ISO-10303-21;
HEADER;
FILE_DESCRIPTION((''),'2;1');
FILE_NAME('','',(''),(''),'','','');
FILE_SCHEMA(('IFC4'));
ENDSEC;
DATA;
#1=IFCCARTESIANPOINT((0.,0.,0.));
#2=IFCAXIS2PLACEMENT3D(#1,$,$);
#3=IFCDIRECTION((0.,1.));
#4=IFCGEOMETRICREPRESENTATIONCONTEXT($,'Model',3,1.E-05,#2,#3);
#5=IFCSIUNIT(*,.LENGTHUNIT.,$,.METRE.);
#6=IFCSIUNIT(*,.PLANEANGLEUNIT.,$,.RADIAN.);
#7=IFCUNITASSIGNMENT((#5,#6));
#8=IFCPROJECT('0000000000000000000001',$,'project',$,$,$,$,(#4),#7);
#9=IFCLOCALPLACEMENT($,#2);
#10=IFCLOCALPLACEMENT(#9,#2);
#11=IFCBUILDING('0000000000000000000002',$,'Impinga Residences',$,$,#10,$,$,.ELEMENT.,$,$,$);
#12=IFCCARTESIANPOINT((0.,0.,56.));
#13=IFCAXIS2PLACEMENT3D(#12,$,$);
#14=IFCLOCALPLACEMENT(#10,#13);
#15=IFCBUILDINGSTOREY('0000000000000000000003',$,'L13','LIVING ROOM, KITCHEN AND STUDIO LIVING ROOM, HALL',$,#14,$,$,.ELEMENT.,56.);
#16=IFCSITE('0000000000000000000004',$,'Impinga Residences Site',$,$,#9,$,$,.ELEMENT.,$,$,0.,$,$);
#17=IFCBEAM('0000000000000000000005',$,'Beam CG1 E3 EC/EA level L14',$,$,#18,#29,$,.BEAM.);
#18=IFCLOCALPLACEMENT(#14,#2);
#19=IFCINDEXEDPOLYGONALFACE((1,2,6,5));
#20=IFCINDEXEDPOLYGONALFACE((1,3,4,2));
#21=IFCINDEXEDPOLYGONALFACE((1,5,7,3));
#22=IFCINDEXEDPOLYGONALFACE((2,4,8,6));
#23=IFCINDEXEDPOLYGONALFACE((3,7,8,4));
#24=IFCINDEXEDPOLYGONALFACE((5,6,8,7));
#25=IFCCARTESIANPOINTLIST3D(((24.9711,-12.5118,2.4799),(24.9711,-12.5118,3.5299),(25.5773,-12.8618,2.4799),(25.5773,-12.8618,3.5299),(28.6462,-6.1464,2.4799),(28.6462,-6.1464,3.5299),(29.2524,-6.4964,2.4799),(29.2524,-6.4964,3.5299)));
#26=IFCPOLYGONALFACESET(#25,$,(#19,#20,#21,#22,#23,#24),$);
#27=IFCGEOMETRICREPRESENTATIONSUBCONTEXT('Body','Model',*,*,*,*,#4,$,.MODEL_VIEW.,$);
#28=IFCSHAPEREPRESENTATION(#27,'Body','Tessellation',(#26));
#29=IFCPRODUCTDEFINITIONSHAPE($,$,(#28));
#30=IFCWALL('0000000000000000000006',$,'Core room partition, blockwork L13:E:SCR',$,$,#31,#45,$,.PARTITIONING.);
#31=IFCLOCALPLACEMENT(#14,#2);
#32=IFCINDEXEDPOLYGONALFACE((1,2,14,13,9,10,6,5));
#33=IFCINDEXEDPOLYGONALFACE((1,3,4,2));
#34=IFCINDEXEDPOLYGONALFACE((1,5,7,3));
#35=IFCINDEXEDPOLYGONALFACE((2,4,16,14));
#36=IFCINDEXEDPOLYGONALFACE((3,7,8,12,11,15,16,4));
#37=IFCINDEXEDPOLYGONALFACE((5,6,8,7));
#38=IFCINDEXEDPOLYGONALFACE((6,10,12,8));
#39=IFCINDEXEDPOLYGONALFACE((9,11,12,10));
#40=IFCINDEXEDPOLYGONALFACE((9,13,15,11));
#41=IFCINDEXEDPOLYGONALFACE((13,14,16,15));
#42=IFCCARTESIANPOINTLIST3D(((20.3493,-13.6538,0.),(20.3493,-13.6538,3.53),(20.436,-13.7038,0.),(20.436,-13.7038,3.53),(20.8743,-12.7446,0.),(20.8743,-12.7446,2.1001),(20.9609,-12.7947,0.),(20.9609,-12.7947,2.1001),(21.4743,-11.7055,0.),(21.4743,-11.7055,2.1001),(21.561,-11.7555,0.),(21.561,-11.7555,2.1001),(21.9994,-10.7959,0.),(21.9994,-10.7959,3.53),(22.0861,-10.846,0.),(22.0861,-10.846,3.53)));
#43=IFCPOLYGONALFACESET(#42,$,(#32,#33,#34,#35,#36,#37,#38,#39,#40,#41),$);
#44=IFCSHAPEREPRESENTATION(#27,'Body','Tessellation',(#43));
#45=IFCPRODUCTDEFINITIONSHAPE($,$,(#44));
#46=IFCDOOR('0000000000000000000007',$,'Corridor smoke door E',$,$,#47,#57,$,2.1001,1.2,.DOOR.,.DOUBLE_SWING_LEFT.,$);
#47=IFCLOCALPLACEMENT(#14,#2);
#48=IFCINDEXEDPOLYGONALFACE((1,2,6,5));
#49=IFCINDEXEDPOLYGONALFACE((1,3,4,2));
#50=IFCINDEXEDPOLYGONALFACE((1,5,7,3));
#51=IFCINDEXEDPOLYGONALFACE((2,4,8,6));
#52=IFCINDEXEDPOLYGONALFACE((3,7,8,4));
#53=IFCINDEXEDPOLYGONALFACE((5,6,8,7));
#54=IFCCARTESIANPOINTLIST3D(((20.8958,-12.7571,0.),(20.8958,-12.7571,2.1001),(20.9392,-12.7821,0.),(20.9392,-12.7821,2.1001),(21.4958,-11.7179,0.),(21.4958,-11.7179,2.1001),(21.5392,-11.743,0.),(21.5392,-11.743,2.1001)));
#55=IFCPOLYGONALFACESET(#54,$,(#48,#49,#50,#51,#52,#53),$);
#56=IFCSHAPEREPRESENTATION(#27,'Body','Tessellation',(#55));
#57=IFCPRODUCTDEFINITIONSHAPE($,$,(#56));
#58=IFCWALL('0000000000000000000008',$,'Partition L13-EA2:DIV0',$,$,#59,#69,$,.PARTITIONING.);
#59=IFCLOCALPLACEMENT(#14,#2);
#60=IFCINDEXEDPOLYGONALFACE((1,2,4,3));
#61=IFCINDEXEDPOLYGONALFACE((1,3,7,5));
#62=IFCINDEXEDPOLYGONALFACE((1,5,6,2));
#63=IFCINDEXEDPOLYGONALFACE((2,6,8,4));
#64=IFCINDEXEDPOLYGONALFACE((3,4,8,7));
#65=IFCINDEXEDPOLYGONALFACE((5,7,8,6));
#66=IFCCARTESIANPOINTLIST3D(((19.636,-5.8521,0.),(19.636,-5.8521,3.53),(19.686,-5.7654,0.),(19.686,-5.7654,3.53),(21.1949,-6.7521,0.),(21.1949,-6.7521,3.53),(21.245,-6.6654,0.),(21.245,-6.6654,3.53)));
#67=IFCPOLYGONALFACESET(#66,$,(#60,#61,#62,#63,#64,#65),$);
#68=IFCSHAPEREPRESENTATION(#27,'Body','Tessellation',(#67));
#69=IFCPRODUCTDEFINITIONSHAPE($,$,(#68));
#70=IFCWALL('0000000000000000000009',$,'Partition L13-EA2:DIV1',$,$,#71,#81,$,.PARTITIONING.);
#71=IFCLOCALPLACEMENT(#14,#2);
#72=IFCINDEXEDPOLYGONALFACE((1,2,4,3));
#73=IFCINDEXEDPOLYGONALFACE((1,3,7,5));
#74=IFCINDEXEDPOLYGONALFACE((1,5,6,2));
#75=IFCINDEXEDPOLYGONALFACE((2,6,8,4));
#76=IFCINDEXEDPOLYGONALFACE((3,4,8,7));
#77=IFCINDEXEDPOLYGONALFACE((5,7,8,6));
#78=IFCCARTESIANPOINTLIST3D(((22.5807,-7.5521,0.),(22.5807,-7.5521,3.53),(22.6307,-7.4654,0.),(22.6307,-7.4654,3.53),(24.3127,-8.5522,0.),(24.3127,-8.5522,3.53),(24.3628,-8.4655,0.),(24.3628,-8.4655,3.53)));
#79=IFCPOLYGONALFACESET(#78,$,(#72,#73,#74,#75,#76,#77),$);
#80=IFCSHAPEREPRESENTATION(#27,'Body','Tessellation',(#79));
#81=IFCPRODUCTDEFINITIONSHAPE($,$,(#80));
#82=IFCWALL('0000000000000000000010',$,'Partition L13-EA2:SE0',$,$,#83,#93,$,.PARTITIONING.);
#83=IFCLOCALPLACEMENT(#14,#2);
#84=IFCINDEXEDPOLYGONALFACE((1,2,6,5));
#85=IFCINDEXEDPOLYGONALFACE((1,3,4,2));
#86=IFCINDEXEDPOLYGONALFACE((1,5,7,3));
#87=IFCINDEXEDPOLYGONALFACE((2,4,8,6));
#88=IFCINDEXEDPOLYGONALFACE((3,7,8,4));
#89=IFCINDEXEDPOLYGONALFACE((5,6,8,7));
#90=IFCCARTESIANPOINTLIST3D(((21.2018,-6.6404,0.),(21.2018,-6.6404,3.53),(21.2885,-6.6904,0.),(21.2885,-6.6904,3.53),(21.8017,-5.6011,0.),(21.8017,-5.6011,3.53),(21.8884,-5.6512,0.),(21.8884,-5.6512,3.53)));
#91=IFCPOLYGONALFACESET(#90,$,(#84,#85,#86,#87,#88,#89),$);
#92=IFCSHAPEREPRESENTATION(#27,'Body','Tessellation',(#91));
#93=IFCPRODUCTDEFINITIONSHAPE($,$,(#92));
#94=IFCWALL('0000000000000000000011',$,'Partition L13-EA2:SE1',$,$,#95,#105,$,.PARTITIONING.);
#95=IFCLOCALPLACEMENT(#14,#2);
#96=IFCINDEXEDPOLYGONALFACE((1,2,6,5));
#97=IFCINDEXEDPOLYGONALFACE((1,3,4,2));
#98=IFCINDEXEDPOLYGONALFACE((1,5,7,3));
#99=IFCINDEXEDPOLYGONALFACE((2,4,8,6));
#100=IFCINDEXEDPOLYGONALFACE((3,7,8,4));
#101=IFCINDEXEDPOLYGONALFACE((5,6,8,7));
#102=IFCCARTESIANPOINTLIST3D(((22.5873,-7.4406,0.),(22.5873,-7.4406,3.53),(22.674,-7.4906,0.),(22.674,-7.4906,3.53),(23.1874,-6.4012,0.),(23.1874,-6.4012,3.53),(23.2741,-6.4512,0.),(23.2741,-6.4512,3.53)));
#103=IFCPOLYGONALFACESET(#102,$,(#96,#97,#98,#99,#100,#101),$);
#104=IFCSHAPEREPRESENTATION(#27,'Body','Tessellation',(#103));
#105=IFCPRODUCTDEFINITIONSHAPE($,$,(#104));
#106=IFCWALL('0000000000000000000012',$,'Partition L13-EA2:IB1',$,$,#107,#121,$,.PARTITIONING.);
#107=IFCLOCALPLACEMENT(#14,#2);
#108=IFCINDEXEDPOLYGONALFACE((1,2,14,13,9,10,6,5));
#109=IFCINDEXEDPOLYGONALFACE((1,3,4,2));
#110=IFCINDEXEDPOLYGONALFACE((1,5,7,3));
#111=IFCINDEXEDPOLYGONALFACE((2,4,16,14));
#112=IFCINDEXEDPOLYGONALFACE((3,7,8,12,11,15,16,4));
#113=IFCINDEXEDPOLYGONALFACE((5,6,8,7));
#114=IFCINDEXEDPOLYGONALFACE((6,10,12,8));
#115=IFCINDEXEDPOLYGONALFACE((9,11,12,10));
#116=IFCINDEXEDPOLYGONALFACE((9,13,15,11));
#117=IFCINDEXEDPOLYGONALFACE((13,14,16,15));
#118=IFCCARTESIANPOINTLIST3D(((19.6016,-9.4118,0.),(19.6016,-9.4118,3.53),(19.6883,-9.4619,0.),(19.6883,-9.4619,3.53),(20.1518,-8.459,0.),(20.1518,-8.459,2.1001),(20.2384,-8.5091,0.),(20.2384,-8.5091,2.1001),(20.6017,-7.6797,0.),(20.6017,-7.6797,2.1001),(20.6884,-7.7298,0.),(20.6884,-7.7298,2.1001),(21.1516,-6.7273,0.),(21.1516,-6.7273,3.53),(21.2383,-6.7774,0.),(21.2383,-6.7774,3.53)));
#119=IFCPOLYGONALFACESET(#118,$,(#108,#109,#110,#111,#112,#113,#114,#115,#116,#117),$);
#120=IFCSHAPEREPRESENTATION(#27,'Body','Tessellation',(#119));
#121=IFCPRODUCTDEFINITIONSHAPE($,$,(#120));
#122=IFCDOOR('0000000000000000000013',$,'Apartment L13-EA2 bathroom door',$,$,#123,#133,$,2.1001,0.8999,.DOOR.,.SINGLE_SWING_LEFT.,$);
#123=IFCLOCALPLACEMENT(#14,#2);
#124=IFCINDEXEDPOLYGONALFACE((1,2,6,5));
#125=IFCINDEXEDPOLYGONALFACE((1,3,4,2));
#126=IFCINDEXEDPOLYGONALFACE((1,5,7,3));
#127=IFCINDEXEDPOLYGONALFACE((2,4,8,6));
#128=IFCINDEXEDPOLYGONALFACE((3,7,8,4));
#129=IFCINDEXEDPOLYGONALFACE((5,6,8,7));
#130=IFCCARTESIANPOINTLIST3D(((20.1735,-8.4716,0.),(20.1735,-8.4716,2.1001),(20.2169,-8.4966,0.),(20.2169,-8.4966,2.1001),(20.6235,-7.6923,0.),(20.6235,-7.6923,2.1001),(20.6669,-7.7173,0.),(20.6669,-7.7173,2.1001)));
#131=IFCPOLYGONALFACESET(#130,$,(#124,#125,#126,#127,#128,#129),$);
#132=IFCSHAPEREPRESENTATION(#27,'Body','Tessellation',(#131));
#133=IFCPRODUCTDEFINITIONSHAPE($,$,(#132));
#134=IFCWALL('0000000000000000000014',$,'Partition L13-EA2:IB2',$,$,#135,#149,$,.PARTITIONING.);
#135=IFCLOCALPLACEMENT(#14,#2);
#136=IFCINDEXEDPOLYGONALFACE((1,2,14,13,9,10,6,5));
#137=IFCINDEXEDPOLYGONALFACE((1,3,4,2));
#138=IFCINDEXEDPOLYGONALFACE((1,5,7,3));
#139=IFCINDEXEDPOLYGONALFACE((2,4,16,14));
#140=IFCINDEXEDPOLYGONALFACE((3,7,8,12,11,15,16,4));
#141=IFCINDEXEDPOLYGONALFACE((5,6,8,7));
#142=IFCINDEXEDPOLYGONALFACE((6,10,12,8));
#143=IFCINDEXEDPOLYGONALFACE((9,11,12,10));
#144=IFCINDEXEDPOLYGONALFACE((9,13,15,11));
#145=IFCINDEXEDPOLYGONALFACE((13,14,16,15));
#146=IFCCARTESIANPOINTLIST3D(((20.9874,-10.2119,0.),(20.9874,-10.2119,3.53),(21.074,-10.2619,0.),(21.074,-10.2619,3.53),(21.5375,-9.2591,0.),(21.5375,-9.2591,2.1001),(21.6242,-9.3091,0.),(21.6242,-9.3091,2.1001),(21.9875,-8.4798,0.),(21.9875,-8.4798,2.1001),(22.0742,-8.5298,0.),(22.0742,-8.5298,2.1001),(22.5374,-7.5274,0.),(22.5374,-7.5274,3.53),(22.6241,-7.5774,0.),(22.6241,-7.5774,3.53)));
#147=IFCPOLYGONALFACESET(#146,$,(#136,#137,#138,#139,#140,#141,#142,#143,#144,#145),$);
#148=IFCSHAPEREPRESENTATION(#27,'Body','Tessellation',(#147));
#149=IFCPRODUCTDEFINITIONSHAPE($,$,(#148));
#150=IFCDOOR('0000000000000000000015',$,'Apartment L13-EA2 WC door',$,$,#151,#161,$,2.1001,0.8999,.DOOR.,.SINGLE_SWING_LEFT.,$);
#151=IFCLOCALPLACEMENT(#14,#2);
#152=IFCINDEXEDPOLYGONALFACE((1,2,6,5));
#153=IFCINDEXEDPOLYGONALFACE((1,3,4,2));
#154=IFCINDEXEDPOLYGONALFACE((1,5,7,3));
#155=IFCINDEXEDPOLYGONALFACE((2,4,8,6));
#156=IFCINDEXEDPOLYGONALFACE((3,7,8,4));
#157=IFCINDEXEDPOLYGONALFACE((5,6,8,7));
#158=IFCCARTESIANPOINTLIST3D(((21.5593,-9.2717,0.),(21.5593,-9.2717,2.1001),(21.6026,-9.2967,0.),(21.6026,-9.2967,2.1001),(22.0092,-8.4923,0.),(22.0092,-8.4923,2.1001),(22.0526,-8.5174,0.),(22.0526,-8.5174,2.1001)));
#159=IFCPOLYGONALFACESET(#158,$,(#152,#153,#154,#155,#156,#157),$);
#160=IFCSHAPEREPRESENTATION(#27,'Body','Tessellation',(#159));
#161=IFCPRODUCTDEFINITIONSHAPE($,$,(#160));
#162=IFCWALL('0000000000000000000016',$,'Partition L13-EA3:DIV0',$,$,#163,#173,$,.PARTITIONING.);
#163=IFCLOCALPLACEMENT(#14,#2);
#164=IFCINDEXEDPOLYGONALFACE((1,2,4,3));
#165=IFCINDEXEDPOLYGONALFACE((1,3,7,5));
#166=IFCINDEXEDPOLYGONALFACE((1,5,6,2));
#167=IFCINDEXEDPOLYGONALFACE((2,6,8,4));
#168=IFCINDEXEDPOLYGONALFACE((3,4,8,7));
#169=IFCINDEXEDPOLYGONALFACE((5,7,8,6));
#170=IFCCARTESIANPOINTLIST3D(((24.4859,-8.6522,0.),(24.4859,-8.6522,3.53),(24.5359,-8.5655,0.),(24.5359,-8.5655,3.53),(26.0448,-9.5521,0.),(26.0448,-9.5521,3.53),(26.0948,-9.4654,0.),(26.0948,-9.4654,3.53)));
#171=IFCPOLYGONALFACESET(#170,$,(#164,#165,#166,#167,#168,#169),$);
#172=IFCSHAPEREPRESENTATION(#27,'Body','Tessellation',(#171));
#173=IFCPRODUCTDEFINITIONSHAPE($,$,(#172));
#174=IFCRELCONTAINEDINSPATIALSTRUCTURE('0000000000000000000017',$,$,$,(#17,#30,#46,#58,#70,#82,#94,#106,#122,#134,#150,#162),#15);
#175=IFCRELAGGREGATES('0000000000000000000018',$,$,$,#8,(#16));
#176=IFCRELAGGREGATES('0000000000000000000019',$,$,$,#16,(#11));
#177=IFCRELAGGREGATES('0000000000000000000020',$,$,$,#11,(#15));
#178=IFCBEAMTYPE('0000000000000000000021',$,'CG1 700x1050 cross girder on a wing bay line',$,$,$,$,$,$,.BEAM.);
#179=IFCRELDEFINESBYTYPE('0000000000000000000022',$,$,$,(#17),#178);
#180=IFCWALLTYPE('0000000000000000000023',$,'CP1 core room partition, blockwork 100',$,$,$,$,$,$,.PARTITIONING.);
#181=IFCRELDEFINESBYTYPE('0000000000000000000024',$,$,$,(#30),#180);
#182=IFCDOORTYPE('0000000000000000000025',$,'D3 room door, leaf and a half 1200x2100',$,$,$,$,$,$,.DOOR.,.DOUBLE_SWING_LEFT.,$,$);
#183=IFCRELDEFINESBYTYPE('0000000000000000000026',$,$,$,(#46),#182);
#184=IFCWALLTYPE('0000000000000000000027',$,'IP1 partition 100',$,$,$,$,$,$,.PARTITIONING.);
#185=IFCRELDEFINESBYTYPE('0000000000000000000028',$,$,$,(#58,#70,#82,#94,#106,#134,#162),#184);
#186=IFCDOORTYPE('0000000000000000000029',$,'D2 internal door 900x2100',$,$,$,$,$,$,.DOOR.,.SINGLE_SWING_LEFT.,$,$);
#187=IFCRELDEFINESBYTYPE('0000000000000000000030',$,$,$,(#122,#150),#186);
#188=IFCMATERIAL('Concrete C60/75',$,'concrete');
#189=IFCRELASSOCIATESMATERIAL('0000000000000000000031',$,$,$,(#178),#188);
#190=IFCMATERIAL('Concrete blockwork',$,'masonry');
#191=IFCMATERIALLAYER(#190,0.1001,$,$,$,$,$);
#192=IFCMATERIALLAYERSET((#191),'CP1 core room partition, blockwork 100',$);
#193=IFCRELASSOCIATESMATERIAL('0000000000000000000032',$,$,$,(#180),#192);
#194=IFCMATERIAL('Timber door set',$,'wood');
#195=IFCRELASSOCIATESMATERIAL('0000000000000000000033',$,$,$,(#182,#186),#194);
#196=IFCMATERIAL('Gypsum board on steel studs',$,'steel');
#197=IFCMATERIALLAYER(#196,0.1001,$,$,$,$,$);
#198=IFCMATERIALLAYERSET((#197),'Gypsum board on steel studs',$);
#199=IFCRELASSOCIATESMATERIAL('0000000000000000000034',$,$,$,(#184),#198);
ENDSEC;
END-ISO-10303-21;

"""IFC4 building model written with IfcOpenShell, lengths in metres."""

from ifc_helpers import new_model, si_unit, direction, frame, frame_2d, origin, origin_2d, place, context, subcontext, project, spatial, rectangle, extrude, material, layer, layer_set, material_profile, profile_set, type_object, element, fill, save


model = new_model("IFC4")

# Units and contexts
model_context = context("Model", 3, precision=1e-05, world=origin(), true_north=direction((0.0, 1.0)))
body_context = subcontext(model_context, "Body", "Model", "MODEL_VIEW")
ifc_project = project(units=[si_unit("LENGTHUNIT", "METRE"), si_unit("PLANEANGLEUNIT", "RADIAN")], contexts=[model_context])

# Site, building, storey
site_placement = place(None, origin())
site = spatial("IfcSite", under=ifc_project, at=site_placement, Name="Impinga Residences Site", CompositionType="ELEMENT", RefElevation=0.0)
building_placement = place(site_placement, origin())
building = spatial("IfcBuilding", under=site, at=building_placement, Name="Impinga Residences", CompositionType="ELEMENT")
storey_placement = place(building_placement, frame((0.0, 0.0, 56.0)))
storey = spatial("IfcBuildingStorey", under=building, at=storey_placement, Name="L13", Description="LIVING ROOM, KITCHEN AND STUDIO LIVING ROOM, HALL", CompositionType="ELEMENT", Elevation=56.0)

# Beam
ifc_material_1 = material(Name="Concrete C60/75", Category="concrete")
ifc_material_profile = material_profile(ifc_material_1, rectangle(XDim=0.7, YDim=1.05, at=origin_2d()), Name="RC 700x1050")
ifc_profile_set = profile_set([ifc_material_profile], Name="Concrete C60/75")
beam_type = type_object("IfcBeamType", Name="CG1 700x1050 cross girder on a wing bay line", PredefinedType="BEAM", material=ifc_profile_set)
beam_placement = place(storey_placement, frame((25.2742, -12.6868, 3.0049), z_axis=(0.500008, 0.866021, 0.0), x_axis=(-0.866021, 0.500008, 0.0)))
element("IfcBeam", 1, at=beam_placement, inside=storey, type_object=beam_type, Name="Beam CG1 E3 EC/EA level L14", PredefinedType="BEAM", context=body_context, shape_type="SweptSolid", body=[
    extrude(rectangle(XDim=0.7, YDim=1.05, at=origin_2d()), origin(), (0.0, 0.0, 1.0), 7.3501),
])

# Wall, opening, door
ifc_material_2 = material(Name="Concrete blockwork", Category="masonry")
ifc_layer_1 = layer(ifc_material_2, 0.1001)
ifc_layer_set_1 = layer_set([ifc_layer_1], Name="CP1 core room partition, blockwork 100")
wall_type_1 = type_object("IfcWallType", Name="CP1 core room partition, blockwork 100", PredefinedType="PARTITIONING", material=ifc_layer_set_1)
wall_1_placement = place(storey_placement, frame((22.0427, -10.821, 0.0), z_axis=(0.0, 0.0, 1.0), x_axis=(-0.50003, -0.866008, 0.0)))
wall_1 = element("IfcWall", 2, at=wall_1_placement, inside=storey, type_object=wall_type_1, Name="Core room partition, blockwork L13:E:SCR", PredefinedType="PARTITIONING", context=body_context, shape_type="SweptSolid", body=[
    extrude(rectangle(XDim=3.3, YDim=0.1001, at=frame_2d((1.6499, 0.0))), origin(), (0.0, 0.0, 1.0), 3.53),
])
opening_1_placement = place(wall_1_placement, frame((1.05, 0.0, 0.0)))
opening_1 = element("IfcOpeningElement", 3, at=opening_1_placement, cuts=wall_1, PredefinedType="OPENING", context=body_context, shape_type="SweptSolid", body=[
    extrude(rectangle(XDim=1.2, YDim=2.1001, at=frame_2d((0.6001, 1.05))), frame((0.0, 0.0601, 0.0), z_axis=(0.0, -1.0, 0.0), x_axis=(1.0, 0.0, 0.0)), (0.0, 0.0, 1.0), 0.1201),
])
ifc_material_3 = material(Name="Timber door set", Category="wood")
door_type_1 = type_object("IfcDoorType", Name="D3 room door, leaf and a half 1200x2100", OperationType="DOUBLE_SWING_LEFT", PredefinedType="DOOR", material=ifc_material_3)
door_1_placement = place(opening_1_placement, origin())
door_1 = element("IfcDoor", 4, at=door_1_placement, inside=storey, type_object=door_type_1, Name="Corridor smoke door E", OperationType="DOUBLE_SWING_LEFT", OverallHeight=2.1001, OverallWidth=1.2, PredefinedType="DOOR", context=body_context, shape_type="SweptSolid", body=[
    extrude(rectangle(XDim=1.2, YDim=2.1001, at=frame_2d((0.6001, 1.05))), frame((0.0, 0.0249, 0.0), z_axis=(0.0, -1.0, 0.0), x_axis=(1.0, 0.0, 0.0)), (0.0, 0.0, 1.0), 0.05),
])
fill(opening_1, door_1)

# Walls
ifc_material_4 = material(Name="Gypsum board on steel studs", Category="steel")
ifc_layer_2 = layer(ifc_material_4, 0.1001)
ifc_layer_set_2 = layer_set([ifc_layer_2], Name="Gypsum board on steel studs")
wall_type_2 = type_object("IfcWallType", Name="IP1 partition 100", PredefinedType="PARTITIONING", material=ifc_layer_set_2)
wall_2_placement = place(storey_placement, frame((19.6611, -5.8088, 0.0), z_axis=(0.0, 0.0, 1.0), x_axis=(0.866048, -0.499961, 0.0)))
element("IfcWall", 5, at=wall_2_placement, inside=storey, type_object=wall_type_2, Name="Partition L13-EA2:DIV0", PredefinedType="PARTITIONING", context=body_context, shape_type="SweptSolid", body=[
    extrude(rectangle(XDim=1.8, YDim=0.1001, at=frame_2d((0.8999, 0.0))), origin(), (0.0, 0.0, 1.0), 3.53),
])
wall_3_placement = place(storey_placement, frame((22.6057, -7.5088, 0.0), z_axis=(0.0, 0.0, 1.0), x_axis=(0.866011, -0.500025, 0.0)))
element("IfcWall", 6, at=wall_3_placement, inside=storey, type_object=wall_type_2, Name="Partition L13-EA2:DIV1", PredefinedType="PARTITIONING", context=body_context, shape_type="SweptSolid", body=[
    extrude(rectangle(XDim=2.0, YDim=0.1001, at=frame_2d((1.0, 0.0))), origin(), (0.0, 0.0, 1.0), 3.53),
])
wall_4_placement = place(storey_placement, frame((21.2451, -6.6655, 0.0), z_axis=(0.0, 0.0, 1.0), x_axis=(0.499881, 0.866094, 0.0)))
element("IfcWall", 7, at=wall_4_placement, inside=storey, type_object=wall_type_2, Name="Partition L13-EA2:SE0", PredefinedType="PARTITIONING", context=body_context, shape_type="SweptSolid", body=[
    extrude(rectangle(XDim=1.2, YDim=0.1001, at=frame_2d((0.6001, 0.0))), origin(), (0.0, 0.0, 1.0), 3.53),
])
wall_5_placement = place(storey_placement, frame((22.6306, -7.4656, 0.0), z_axis=(0.0, 0.0, 1.0), x_axis=(0.500034, 0.866006, 0.0)))
element("IfcWall", 8, at=wall_5_placement, inside=storey, type_object=wall_type_2, Name="Partition L13-EA2:SE1", PredefinedType="PARTITIONING", context=body_context, shape_type="SweptSolid", body=[
    extrude(rectangle(XDim=1.2002, YDim=0.1001, at=frame_2d((0.6001, 0.0))), origin(), (0.0, 0.0, 1.0), 3.53),
])

# Walls, openings, doors
wall_6_placement = place(storey_placement, frame((19.645, -9.4368, 0.0), z_axis=(0.0, 0.0, 1.0), x_axis=(0.500027, 0.86601, 0.0)))
wall_6 = element("IfcWall", 9, at=wall_6_placement, inside=storey, type_object=wall_type_2, Name="Partition L13-EA2:IB1", PredefinedType="PARTITIONING", context=body_context, shape_type="SweptSolid", body=[
    extrude(rectangle(XDim=3.0999, YDim=0.1001, at=frame_2d((1.5498, 0.0))), origin(), (0.0, 0.0, 1.0), 3.53),
])
opening_2_placement = place(wall_6_placement, frame((1.1001, 0.0, 0.0)))
opening_2 = element("IfcOpeningElement", 10, at=opening_2_placement, cuts=wall_6, PredefinedType="OPENING", context=body_context, shape_type="SweptSolid", body=[
    extrude(rectangle(XDim=0.8999, YDim=2.1001, at=frame_2d((0.45, 1.05))), frame((0.0, 0.0601, 0.0), z_axis=(0.0, -1.0, 0.0), x_axis=(1.0, 0.0, 0.0)), (0.0, 0.0, 1.0), 0.1201),
])
door_type_2 = type_object("IfcDoorType", Name="D2 internal door 900x2100", OperationType="SINGLE_SWING_LEFT", PredefinedType="DOOR", material=ifc_material_3)
door_2_placement = place(opening_2_placement, origin())
door_2 = element("IfcDoor", 11, at=door_2_placement, inside=storey, type_object=door_type_2, Name="Apartment L13-EA2 bathroom door", OperationType="SINGLE_SWING_LEFT", OverallHeight=2.1001, OverallWidth=0.8999, PredefinedType="DOOR", context=body_context, shape_type="SweptSolid", body=[
    extrude(rectangle(XDim=0.8999, YDim=2.1001, at=frame_2d((0.45, 1.05))), frame((0.0, 0.0249, 0.0), z_axis=(0.0, -1.0, 0.0), x_axis=(1.0, 0.0, 0.0)), (0.0, 0.0, 1.0), 0.05),
])
fill(opening_2, door_2)
wall_7_placement = place(storey_placement, frame((21.0308, -10.2368, 0.0), z_axis=(0.0, 0.0, 1.0), x_axis=(0.500027, 0.86601, 0.0)))
wall_7 = element("IfcWall", 12, at=wall_7_placement, inside=storey, type_object=wall_type_2, Name="Partition L13-EA2:IB2", PredefinedType="PARTITIONING", context=body_context, shape_type="SweptSolid", body=[
    extrude(rectangle(XDim=3.0999, YDim=0.1001, at=frame_2d((1.5498, 0.0))), origin(), (0.0, 0.0, 1.0), 3.53),
])
opening_3_placement = place(wall_7_placement, frame((1.1001, 0.0, 0.0)))
opening_3 = element("IfcOpeningElement", 13, at=opening_3_placement, cuts=wall_7, PredefinedType="OPENING", context=body_context, shape_type="SweptSolid", body=[
    extrude(rectangle(XDim=0.8999, YDim=2.1001, at=frame_2d((0.45, 1.05))), frame((0.0, 0.0601, 0.0), z_axis=(0.0, -1.0, 0.0), x_axis=(1.0, 0.0, 0.0)), (0.0, 0.0, 1.0), 0.1201),
])
door_3_placement = place(opening_3_placement, origin())
door_3 = element("IfcDoor", 14, at=door_3_placement, inside=storey, type_object=door_type_2, Name="Apartment L13-EA2 WC door", OperationType="SINGLE_SWING_LEFT", OverallHeight=2.1001, OverallWidth=0.8999, PredefinedType="DOOR", context=body_context, shape_type="SweptSolid", body=[
    extrude(rectangle(XDim=0.8999, YDim=2.1001, at=frame_2d((0.45, 1.05))), frame((0.0, 0.0249, 0.0), z_axis=(0.0, -1.0, 0.0), x_axis=(1.0, 0.0, 0.0)), (0.0, 0.0, 1.0), 0.05),
])
fill(opening_3, door_3)

# Wall
wall_8_placement = place(storey_placement, frame((24.511, -8.6089, 0.0), z_axis=(0.0, 0.0, 1.0), x_axis=(0.866048, -0.499961, 0.0)))
element("IfcWall", 15, at=wall_8_placement, inside=storey, type_object=wall_type_2, Name="Partition L13-EA3:DIV0", PredefinedType="PARTITIONING", context=body_context, shape_type="SweptSolid", body=[
    extrude(rectangle(XDim=1.8, YDim=0.1001, at=frame_2d((0.8999, 0.0))), origin(), (0.0, 0.0, 1.0), 3.53),
])

save(model, "model.ifc")
